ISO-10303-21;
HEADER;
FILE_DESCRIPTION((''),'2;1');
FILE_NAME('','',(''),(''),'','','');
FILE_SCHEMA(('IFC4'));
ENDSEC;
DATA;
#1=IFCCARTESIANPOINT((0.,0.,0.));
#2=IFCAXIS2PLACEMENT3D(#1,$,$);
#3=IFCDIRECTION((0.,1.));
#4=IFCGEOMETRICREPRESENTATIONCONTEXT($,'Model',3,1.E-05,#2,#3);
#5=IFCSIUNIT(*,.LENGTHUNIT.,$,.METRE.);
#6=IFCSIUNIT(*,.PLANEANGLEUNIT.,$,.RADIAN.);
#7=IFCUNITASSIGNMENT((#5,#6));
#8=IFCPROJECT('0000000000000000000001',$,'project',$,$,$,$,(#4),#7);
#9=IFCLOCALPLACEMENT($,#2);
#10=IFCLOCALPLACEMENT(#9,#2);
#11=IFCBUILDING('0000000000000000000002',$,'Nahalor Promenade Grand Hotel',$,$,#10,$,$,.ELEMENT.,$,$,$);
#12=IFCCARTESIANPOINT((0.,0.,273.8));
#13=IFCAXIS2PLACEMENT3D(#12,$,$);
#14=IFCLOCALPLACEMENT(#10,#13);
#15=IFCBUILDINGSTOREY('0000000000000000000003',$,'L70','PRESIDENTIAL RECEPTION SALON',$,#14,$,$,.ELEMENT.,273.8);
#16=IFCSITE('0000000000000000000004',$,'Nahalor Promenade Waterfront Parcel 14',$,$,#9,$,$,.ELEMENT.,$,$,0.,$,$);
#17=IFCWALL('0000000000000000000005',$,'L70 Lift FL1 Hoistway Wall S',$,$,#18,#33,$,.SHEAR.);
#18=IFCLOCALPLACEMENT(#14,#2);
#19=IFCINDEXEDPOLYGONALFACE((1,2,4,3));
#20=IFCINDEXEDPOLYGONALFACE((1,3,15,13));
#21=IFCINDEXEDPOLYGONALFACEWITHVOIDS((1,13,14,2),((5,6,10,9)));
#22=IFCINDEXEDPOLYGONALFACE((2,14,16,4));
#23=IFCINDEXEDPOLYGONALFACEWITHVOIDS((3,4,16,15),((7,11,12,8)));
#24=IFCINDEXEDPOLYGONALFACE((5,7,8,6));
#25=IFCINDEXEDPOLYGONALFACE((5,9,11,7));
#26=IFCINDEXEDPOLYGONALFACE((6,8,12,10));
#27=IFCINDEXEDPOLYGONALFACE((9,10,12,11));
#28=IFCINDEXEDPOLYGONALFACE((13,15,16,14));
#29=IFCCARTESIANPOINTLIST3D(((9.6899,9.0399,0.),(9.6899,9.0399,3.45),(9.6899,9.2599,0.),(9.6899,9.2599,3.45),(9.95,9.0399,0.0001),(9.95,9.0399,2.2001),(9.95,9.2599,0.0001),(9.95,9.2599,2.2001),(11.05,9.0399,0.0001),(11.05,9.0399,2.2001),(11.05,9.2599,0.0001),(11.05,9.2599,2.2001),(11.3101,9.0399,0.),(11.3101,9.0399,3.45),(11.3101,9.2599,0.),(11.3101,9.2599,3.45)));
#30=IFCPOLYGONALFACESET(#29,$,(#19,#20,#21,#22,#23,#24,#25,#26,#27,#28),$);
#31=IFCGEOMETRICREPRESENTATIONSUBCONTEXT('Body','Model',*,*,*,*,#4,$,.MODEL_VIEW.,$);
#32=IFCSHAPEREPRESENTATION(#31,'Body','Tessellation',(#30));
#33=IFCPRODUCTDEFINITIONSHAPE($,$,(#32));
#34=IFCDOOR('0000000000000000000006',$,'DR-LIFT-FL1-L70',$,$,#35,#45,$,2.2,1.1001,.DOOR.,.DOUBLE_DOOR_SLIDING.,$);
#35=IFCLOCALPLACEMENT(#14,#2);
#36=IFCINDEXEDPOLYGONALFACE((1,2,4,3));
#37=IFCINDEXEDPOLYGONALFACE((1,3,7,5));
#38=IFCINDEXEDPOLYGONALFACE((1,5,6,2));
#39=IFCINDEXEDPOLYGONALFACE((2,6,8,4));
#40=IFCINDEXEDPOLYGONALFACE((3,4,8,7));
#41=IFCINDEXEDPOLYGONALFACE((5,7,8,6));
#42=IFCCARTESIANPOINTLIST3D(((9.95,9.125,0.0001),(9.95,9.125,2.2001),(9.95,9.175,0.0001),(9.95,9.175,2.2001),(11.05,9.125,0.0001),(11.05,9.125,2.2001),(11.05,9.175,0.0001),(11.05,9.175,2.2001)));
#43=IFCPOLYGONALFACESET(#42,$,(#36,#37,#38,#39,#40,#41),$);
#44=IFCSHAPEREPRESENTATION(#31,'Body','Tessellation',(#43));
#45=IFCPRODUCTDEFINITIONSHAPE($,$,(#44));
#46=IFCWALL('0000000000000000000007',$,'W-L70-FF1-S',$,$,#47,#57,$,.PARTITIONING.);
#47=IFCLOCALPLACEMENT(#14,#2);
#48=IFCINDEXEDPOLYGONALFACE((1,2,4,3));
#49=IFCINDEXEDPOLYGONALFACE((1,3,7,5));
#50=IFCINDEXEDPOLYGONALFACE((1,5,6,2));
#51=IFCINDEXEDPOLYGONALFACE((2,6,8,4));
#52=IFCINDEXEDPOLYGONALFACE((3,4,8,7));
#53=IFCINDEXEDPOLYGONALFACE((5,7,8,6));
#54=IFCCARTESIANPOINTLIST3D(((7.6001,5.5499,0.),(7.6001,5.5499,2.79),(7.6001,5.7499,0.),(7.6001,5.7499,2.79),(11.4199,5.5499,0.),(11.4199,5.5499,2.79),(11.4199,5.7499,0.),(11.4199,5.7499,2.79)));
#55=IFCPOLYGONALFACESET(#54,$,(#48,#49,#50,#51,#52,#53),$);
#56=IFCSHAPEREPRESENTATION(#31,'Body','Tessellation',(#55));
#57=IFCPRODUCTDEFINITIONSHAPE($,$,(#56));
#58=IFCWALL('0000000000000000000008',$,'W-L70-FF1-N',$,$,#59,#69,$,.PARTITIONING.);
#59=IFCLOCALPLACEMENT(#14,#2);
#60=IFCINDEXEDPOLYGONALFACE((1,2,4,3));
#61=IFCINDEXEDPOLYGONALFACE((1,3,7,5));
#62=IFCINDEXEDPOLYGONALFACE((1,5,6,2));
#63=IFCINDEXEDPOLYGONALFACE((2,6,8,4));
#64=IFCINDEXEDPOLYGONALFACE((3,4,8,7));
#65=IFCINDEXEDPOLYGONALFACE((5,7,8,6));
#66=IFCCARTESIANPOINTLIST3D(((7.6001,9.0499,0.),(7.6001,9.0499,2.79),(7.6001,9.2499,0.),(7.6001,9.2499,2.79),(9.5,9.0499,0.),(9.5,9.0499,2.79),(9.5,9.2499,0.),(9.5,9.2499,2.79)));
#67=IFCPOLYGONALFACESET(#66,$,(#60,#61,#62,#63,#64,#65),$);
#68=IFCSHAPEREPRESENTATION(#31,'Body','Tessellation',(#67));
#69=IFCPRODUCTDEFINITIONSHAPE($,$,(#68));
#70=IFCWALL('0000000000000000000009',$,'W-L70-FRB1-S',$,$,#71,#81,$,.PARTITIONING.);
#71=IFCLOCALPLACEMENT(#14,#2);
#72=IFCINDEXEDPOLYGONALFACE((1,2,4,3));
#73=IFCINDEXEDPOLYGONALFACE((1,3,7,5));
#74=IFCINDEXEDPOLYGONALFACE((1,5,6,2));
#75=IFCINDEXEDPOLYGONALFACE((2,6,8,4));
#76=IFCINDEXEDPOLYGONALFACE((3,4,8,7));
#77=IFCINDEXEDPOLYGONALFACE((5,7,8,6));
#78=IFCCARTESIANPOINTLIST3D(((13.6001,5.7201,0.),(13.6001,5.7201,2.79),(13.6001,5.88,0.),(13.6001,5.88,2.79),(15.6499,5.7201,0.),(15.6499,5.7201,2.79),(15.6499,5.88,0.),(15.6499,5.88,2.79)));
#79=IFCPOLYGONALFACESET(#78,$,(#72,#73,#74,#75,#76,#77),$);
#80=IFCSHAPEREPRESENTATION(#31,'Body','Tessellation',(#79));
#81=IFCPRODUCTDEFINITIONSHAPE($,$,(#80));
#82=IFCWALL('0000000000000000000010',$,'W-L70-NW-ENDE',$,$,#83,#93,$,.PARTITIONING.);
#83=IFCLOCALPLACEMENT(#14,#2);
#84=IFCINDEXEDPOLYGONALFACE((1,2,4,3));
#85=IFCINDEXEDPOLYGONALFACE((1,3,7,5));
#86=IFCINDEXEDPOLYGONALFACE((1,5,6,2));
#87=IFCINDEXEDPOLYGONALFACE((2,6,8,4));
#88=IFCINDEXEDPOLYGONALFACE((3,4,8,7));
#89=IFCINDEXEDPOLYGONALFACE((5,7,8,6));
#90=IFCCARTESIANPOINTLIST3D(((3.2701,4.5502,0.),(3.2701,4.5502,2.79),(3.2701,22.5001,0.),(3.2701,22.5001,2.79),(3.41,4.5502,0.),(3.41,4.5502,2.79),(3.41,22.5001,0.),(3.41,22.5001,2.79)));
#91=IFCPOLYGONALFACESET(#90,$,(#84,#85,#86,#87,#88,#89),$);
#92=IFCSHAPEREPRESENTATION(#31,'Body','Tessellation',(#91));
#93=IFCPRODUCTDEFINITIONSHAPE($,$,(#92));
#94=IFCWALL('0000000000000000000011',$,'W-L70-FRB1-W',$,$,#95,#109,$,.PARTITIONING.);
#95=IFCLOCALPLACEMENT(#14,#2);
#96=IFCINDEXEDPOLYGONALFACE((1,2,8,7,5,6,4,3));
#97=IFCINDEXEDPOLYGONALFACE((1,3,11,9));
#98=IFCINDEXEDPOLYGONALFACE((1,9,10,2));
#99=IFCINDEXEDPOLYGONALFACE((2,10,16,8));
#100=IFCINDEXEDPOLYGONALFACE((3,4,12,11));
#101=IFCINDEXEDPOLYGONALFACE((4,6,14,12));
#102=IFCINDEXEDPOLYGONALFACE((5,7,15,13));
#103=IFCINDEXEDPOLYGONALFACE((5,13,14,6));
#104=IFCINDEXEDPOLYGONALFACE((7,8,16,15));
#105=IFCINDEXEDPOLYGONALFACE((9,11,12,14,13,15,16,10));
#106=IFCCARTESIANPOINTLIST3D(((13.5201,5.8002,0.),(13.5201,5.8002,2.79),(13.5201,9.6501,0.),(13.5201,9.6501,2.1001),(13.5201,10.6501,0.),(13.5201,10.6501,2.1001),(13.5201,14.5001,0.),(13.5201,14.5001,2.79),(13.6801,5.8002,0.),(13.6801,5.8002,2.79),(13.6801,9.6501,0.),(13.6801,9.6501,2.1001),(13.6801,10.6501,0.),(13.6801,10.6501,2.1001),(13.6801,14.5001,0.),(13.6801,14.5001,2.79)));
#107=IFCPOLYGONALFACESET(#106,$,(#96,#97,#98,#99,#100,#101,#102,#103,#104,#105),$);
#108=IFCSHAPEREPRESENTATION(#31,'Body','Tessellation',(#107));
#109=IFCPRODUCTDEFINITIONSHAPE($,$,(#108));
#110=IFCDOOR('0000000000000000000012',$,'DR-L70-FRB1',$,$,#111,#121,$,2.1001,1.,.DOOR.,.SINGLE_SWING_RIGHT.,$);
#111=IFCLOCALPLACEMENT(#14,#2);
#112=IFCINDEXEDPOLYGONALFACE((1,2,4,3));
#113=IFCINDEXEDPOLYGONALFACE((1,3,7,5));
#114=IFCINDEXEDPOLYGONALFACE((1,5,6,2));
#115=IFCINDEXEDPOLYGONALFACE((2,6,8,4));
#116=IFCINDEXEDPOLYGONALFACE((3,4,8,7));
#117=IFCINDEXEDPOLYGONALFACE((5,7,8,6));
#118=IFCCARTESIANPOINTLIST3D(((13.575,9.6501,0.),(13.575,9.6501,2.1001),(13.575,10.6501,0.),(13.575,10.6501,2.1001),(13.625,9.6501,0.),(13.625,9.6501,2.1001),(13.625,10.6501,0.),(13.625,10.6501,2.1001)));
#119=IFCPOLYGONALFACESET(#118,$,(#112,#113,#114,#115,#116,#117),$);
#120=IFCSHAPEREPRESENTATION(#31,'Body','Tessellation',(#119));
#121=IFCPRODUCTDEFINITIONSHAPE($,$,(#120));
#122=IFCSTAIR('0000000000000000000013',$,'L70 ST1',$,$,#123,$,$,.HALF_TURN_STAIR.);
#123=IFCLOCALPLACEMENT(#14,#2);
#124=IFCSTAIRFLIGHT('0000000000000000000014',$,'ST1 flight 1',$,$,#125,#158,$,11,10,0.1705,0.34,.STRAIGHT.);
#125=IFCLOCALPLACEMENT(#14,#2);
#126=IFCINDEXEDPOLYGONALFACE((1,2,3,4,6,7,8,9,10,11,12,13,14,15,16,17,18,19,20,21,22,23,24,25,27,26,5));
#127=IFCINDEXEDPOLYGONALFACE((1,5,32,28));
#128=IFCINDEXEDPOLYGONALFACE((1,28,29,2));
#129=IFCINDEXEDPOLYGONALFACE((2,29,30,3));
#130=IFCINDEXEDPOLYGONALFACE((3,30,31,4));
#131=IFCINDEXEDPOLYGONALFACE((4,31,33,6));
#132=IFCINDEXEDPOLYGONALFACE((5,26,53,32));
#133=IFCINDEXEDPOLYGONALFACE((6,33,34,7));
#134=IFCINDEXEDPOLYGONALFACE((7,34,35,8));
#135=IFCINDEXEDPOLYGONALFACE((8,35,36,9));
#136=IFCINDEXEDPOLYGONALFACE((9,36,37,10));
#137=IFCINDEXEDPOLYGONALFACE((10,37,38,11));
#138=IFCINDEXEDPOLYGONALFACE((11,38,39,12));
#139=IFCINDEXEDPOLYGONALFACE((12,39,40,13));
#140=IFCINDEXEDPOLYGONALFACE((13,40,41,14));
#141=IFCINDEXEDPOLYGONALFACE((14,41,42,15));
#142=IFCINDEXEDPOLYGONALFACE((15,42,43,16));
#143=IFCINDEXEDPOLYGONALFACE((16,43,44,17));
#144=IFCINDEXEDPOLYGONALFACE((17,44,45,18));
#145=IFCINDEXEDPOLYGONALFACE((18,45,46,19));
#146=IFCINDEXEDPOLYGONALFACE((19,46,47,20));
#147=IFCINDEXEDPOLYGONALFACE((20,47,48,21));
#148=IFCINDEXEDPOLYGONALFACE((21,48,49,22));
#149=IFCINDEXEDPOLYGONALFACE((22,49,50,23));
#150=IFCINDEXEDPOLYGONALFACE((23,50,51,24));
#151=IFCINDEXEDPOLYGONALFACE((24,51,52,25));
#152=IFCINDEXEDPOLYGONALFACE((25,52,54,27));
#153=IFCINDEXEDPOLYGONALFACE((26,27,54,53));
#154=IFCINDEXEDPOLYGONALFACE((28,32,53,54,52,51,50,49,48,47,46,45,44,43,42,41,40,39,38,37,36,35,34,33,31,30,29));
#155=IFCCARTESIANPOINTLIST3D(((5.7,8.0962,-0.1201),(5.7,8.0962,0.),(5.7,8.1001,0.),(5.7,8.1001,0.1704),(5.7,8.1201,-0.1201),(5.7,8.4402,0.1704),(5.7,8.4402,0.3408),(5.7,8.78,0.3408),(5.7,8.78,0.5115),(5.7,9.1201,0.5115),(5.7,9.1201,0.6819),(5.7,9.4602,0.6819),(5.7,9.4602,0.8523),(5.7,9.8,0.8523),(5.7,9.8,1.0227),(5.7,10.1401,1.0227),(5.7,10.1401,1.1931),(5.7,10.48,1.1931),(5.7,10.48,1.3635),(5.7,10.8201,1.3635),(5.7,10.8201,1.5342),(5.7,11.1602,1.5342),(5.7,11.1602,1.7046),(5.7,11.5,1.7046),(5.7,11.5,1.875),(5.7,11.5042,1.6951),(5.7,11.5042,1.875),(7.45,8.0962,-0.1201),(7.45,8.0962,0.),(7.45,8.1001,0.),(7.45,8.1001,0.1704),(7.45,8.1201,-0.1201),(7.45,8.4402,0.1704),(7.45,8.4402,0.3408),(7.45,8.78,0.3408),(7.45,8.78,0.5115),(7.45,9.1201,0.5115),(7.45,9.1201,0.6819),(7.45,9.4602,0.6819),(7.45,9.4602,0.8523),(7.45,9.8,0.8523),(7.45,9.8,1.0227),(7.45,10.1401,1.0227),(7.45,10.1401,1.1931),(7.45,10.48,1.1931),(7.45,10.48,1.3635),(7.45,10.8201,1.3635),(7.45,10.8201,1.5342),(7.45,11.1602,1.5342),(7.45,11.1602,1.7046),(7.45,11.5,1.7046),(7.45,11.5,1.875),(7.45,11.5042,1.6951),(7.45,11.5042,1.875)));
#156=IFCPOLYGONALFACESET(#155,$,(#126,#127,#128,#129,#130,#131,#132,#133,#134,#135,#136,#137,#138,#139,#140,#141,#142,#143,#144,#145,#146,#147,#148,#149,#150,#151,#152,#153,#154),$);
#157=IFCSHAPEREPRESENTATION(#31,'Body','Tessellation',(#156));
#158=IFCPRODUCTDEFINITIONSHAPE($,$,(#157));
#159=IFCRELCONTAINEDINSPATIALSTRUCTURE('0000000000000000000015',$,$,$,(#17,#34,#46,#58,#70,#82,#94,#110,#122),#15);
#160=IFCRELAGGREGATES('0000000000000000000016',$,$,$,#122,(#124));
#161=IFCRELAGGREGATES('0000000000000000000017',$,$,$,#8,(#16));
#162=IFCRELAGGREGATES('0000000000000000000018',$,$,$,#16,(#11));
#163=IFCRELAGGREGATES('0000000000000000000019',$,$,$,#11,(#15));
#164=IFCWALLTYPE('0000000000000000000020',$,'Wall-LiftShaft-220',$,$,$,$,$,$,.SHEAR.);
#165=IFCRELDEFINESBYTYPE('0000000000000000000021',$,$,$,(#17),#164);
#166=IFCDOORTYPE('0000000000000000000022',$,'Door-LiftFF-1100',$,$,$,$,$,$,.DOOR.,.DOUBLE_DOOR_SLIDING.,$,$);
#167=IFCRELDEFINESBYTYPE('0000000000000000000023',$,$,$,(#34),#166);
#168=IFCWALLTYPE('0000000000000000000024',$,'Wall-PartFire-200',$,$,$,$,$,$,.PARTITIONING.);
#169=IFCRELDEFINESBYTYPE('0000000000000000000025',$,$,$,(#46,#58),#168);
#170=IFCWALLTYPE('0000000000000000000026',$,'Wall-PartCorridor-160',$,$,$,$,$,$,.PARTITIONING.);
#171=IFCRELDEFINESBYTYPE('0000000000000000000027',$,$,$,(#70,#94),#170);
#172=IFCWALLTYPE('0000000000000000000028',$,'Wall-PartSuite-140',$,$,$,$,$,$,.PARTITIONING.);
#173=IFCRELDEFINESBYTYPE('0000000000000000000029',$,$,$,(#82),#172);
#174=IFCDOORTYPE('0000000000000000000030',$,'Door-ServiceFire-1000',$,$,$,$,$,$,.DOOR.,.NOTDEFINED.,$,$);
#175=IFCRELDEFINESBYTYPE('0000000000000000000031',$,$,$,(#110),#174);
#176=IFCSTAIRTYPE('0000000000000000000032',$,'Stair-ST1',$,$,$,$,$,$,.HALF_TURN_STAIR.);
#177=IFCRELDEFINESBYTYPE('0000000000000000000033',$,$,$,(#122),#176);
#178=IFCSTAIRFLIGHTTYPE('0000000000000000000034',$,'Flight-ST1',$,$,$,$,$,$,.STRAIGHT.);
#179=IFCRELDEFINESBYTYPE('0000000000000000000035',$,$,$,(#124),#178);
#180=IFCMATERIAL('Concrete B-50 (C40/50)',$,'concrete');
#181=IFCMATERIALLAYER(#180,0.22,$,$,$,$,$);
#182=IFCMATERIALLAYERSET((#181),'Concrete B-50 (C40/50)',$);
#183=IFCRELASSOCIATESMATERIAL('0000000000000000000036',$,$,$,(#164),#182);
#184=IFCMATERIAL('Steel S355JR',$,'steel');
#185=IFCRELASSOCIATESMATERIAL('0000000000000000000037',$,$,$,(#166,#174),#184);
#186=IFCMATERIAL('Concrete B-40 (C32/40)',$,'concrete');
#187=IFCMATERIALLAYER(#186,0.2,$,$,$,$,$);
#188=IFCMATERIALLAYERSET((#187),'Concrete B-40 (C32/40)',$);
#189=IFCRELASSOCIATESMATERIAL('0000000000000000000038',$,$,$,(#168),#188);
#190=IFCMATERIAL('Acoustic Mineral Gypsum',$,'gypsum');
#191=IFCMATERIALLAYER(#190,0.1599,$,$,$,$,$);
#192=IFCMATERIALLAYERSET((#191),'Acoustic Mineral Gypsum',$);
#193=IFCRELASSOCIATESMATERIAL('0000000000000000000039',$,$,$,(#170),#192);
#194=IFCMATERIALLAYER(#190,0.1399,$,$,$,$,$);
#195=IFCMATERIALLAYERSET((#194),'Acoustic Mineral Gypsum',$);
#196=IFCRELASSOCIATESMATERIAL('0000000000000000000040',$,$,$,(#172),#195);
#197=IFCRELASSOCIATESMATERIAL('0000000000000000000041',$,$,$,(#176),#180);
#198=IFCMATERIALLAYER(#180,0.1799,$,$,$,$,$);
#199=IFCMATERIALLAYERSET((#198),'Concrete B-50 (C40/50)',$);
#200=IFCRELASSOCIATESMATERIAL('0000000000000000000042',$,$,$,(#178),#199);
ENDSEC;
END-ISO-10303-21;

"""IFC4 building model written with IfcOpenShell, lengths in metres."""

from ifc_helpers import new_model, si_unit, direction, frame, frame_2d, origin, place, context, subcontext, project, spatial, polyline, rectangle, outline, extrude, source, transform, mapped, material, layer, layer_set, type_object, element, fill, aggregate, save


model = new_model("IFC4")

# Units and contexts
model_context = context("Model", 3, precision=1e-05, world=origin(), true_north=direction((0.0, 1.0)))
body_context = subcontext(model_context, "Body", "Model", "MODEL_VIEW")
ifc_project = project(units=[si_unit("LENGTHUNIT", "METRE"), si_unit("PLANEANGLEUNIT", "RADIAN")], contexts=[model_context])

# Site, building, storey
site_placement = place(None, origin())
site = spatial("IfcSite", under=ifc_project, at=site_placement, Name="Nahalor Promenade Waterfront Parcel 14", CompositionType="ELEMENT", RefElevation=0.0)
building_placement = place(site_placement, origin())
building = spatial("IfcBuilding", under=site, at=building_placement, Name="Nahalor Promenade Grand Hotel", CompositionType="ELEMENT")
storey_placement = place(building_placement, frame((0.0, 0.0, 273.8)))
storey = spatial("IfcBuildingStorey", under=building, at=storey_placement, Name="L70", Description="PRESIDENTIAL RECEPTION SALON", CompositionType="ELEMENT", Elevation=273.8)

# Shared definitions
ifc_material_1 = material(Name="Steel S355JR", Category="steel")

# Shared definitions
ifc_material_2 = material(Name="Concrete B-50 (C40/50)", Category="concrete")

# Shared definitions
ifc_layer_1 = layer(ifc_material_2, 0.22)
ifc_layer_set_1 = layer_set([ifc_layer_1], Name="Concrete B-50 (C40/50)")
wall_type_1 = type_object("IfcWallType", Name="Wall-LiftShaft-220", PredefinedType="SHEAR", material=ifc_layer_set_1)

# Wall, opening, door
shared_shape_1 = source(origin(), body_context, "Body", "SweptSolid", [
    extrude(rectangle(XDim=1.6201, YDim=0.22, at=frame_2d((0.8101, 0.0))), origin(), (0.0, 0.0, 1.0), 3.45),
])
wall_1_placement = place(storey_placement, frame((9.6899, 9.1499, 0.0), z_axis=(0.0, 0.0, 1.0), x_axis=(1.0, 0.0, 0.0)))
wall_1 = element("IfcWall", 1, at=wall_1_placement, inside=storey, type_object=wall_type_1, Name="L70 Lift FL1 Hoistway Wall S", PredefinedType="SHEAR", context=body_context, shape_type="MappedRepresentation", body=[
    mapped(shared_shape_1, transform((0.0, 0.0, 0.0), scale=1.0)),
])
opening_1_placement = place(wall_1_placement, frame((0.26, 0.0, 0.0)))
opening_1 = element("IfcOpeningElement", 2, at=opening_1_placement, cuts=wall_1, PredefinedType="OPENING", context=body_context, shape_type="SweptSolid", body=[
    extrude(rectangle(XDim=1.1001, YDim=2.2, at=frame_2d((0.55, 1.1001))), frame((0.0, 0.1199, 0.0), z_axis=(0.0, -1.0, 0.0), x_axis=(1.0, 0.0, 0.0)), (0.0, 0.0, 1.0), 0.24),
])
door_type_1 = type_object("IfcDoorType", Name="Door-LiftFF-1100", OperationType="DOUBLE_DOOR_SLIDING", PredefinedType="DOOR", material=ifc_material_1)
shared_shape_2 = source(origin(), body_context, "Body", "SweptSolid", [
    extrude(rectangle(XDim=1.1001, YDim=2.2, at=frame_2d((0.55, 1.1001))), frame((0.0, 0.0249, 0.0), z_axis=(0.0, -1.0, 0.0), x_axis=(1.0, 0.0, 0.0)), (0.0, 0.0, 1.0), 0.05),
])
door_1_placement = place(opening_1_placement, frame((1.1001, 0.0, 0.0), z_axis=(0.0, 0.0, 1.0), x_axis=(-1.0, 0.0, 0.0)))
door_1 = element("IfcDoor", 3, at=door_1_placement, inside=storey, type_object=door_type_1, Name="DR-LIFT-FL1-L70", OperationType="DOUBLE_DOOR_SLIDING", OverallHeight=2.2, OverallWidth=1.1001, PredefinedType="DOOR", context=body_context, shape_type="MappedRepresentation", body=[
    mapped(shared_shape_2, transform((0.0, 0.0, 0.0), scale=1.0)),
])
fill(opening_1, door_1)

# Walls
ifc_material_3 = material(Name="Concrete B-40 (C32/40)", Category="concrete")
ifc_layer_2 = layer(ifc_material_3, 0.2)
ifc_layer_set_2 = layer_set([ifc_layer_2], Name="Concrete B-40 (C32/40)")
wall_type_2 = type_object("IfcWallType", Name="Wall-PartFire-200", PredefinedType="PARTITIONING", material=ifc_layer_set_2)
shared_shape_3 = source(origin(), body_context, "Body", "SweptSolid", [
    extrude(rectangle(XDim=3.8198, YDim=0.2, at=frame_2d((1.9099, 0.0))), origin(), (0.0, 0.0, 1.0), 2.79),
])
wall_2_placement = place(storey_placement, frame((7.6001, 5.6499, 0.0), z_axis=(0.0, 0.0, 1.0), x_axis=(1.0, 0.0, 0.0)))
element("IfcWall", 4, at=wall_2_placement, inside=storey, type_object=wall_type_2, Name="W-L70-FF1-S", PredefinedType="PARTITIONING", context=body_context, shape_type="MappedRepresentation", body=[
    mapped(shared_shape_3, transform((0.0, 0.0, 0.0), scale=1.0)),
])
shared_shape_4 = source(origin(), body_context, "Body", "SweptSolid", [
    extrude(rectangle(XDim=1.8999, YDim=0.2, at=frame_2d((0.95, 0.0))), origin(), (0.0, 0.0, 1.0), 2.79),
])
wall_3_placement = place(storey_placement, frame((7.6001, 9.1499, 0.0), z_axis=(0.0, 0.0, 1.0), x_axis=(1.0, 0.0, 0.0)))
element("IfcWall", 5, at=wall_3_placement, inside=storey, type_object=wall_type_2, Name="W-L70-FF1-N", PredefinedType="PARTITIONING", context=body_context, shape_type="MappedRepresentation", body=[
    mapped(shared_shape_4, transform((0.0, 0.0, 0.0), scale=1.0)),
])

# Walls
ifc_material_4 = material(Name="Acoustic Mineral Gypsum", Category="gypsum")
ifc_layer_3 = layer(ifc_material_4, 0.1599)
ifc_layer_set_3 = layer_set([ifc_layer_3], Name="Acoustic Mineral Gypsum")
wall_type_3 = type_object("IfcWallType", Name="Wall-PartCorridor-160", PredefinedType="PARTITIONING", material=ifc_layer_set_3)
shared_shape_5 = source(origin(), body_context, "Body", "SweptSolid", [
    extrude(rectangle(XDim=2.0498, YDim=0.1599, at=frame_2d((1.0249, 0.0))), origin(), (0.0, 0.0, 1.0), 2.79),
])
wall_4_placement = place(storey_placement, frame((13.6001, 5.8, 0.0), z_axis=(0.0, 0.0, 1.0), x_axis=(1.0, 0.0, 0.0)))
element("IfcWall", 6, at=wall_4_placement, inside=storey, type_object=wall_type_3, Name="W-L70-FRB1-S", PredefinedType="PARTITIONING", context=body_context, shape_type="MappedRepresentation", body=[
    mapped(shared_shape_5, transform((0.0, 0.0, 0.0), scale=1.0)),
])
ifc_layer_4 = layer(ifc_material_4, 0.1399)
ifc_layer_set_4 = layer_set([ifc_layer_4], Name="Acoustic Mineral Gypsum")
wall_type_4 = type_object("IfcWallType", Name="Wall-PartSuite-140", PredefinedType="PARTITIONING", material=ifc_layer_set_4)
shared_shape_6 = source(origin(), body_context, "Body", "SweptSolid", [
    extrude(rectangle(XDim=17.95, YDim=0.1399, at=frame_2d((8.9751, 0.0))), origin(), (0.0, 0.0, 1.0), 2.79),
])
wall_5_placement = place(storey_placement, frame((3.3401, 4.55, 0.0), z_axis=(0.0, 0.0, 1.0), x_axis=(0.0, 1.0, 0.0)))
element("IfcWall", 7, at=wall_5_placement, inside=storey, type_object=wall_type_4, Name="W-L70-NW-ENDE", PredefinedType="PARTITIONING", context=body_context, shape_type="MappedRepresentation", body=[
    mapped(shared_shape_6, transform((0.0, 0.0, 0.0), scale=1.0)),
])

# Wall, opening, door
shared_shape_7 = source(origin(), body_context, "Body", "SweptSolid", [
    extrude(rectangle(XDim=8.7, YDim=0.1599, at=frame_2d((4.3501, 0.0))), origin(), (0.0, 0.0, 1.0), 2.79),
])
wall_6_placement = place(storey_placement, frame((13.6001, 5.8, 0.0), z_axis=(0.0, 0.0, 1.0), x_axis=(0.0, 1.0, 0.0)))
wall_6 = element("IfcWall", 8, at=wall_6_placement, inside=storey, type_object=wall_type_3, Name="W-L70-FRB1-W", PredefinedType="PARTITIONING", context=body_context, shape_type="MappedRepresentation", body=[
    mapped(shared_shape_7, transform((0.0, 0.0, 0.0), scale=1.0)),
])
opening_2_placement = place(wall_6_placement, frame((3.8501, 0.0, 0.0)))
opening_2 = element("IfcOpeningElement", 9, at=opening_2_placement, cuts=wall_6, PredefinedType="OPENING", context=body_context, shape_type="SweptSolid", body=[
    extrude(rectangle(XDim=1.0, YDim=2.1001, at=frame_2d((0.5, 1.05))), frame((0.0, 0.0898, 0.0), z_axis=(0.0, -1.0, 0.0), x_axis=(1.0, 0.0, 0.0)), (0.0, 0.0, 1.0), 0.1799),
])
door_type_2 = type_object("IfcDoorType", Name="Door-ServiceFire-1000", OperationType="NOTDEFINED", PredefinedType="DOOR", material=ifc_material_1)
shared_shape_8 = source(origin(), body_context, "Body", "SweptSolid", [
    extrude(rectangle(XDim=1.0, YDim=2.1001, at=frame_2d((0.5, 1.05))), frame((0.0, 0.0249, 0.0), z_axis=(0.0, -1.0, 0.0), x_axis=(1.0, 0.0, 0.0)), (0.0, 0.0, 1.0), 0.05),
])
door_2_placement = place(opening_2_placement, frame((1.0, 0.0, 0.0), z_axis=(0.0, 0.0, 1.0), x_axis=(-1.0, 0.0, 0.0)))
door_2 = element("IfcDoor", 10, at=door_2_placement, inside=storey, type_object=door_type_2, Name="DR-L70-FRB1", OperationType="SINGLE_SWING_RIGHT", OverallHeight=2.1001, OverallWidth=1.0, PredefinedType="DOOR", context=body_context, shape_type="MappedRepresentation", body=[
    mapped(shared_shape_8, transform((0.0, 0.0, 0.0), scale=1.0)),
])
fill(opening_2, door_2)

# Stair, stair flight
stair_type = type_object("IfcStairType", Name="Stair-ST1", PredefinedType="HALF_TURN_STAIR", material=ifc_material_2)
stair_placement = place(storey_placement, origin())
stair = element("IfcStair", 11, at=stair_placement, inside=storey, type_object=stair_type, Name="L70 ST1", PredefinedType="HALF_TURN_STAIR")
ifc_layer_5 = layer(ifc_material_2, 0.1799)
ifc_layer_set_5 = layer_set([ifc_layer_5], Name="Concrete B-50 (C40/50)")
stair_flight_type = type_object("IfcStairFlightType", Name="Flight-ST1", PredefinedType="STRAIGHT", material=ifc_layer_set_5)
shared_shape_9 = source(origin(), body_context, "Body", "SweptSolid", [
    extrude(outline(polyline([(-0.0039, -0.1201), (-0.0039, 0.0), (0.0, 0.0), (0.0, 0.1704), (0.3401, 0.1704), (0.3401, 0.3408), (0.6799, 0.3408), (0.6799, 0.5115), (1.02, 0.5115), (1.02, 0.6819), (1.3601, 0.6819), (1.3601, 0.8523), (1.7, 0.8523), (1.7, 1.0227), (2.04, 1.0227), (2.04, 1.1931), (2.3799, 1.1931), (2.3799, 1.3635), (2.72, 1.3635), (2.72, 1.5342), (3.0601, 1.5342), (3.0601, 1.7046), (3.3999, 1.7046), (3.3999, 1.875), (3.4041, 1.875), (3.4041, 1.6951), (0.02, -0.1201), (-0.0039, -0.1201)])), frame((0.0, 0.875, 0.0), z_axis=(0.0, -1.0, 0.0), x_axis=(1.0, 0.0, 0.0)), (0.0, 0.0, 1.0), 1.75),
])
stair_flight_1_placement = place(storey_placement, frame((6.575, 8.1001, 0.0), z_axis=(0.0, 0.0, 1.0), x_axis=(0.0, 1.0, 0.0)))
stair_flight_1 = element("IfcStairFlight", 12, at=stair_flight_1_placement, type_object=stair_flight_type, Name="ST1 flight 1", NumberOfRisers=11, NumberOfTreads=10, PredefinedType="STRAIGHT", RiserHeight=0.1705, TreadLength=0.34, context=body_context, shape_type="MappedRepresentation", body=[
    mapped(shared_shape_9, transform((0.0, 0.0, 0.0), scale=1.0)),
])
aggregate(stair, [stair_flight_1])

save(model, "model.ifc")
